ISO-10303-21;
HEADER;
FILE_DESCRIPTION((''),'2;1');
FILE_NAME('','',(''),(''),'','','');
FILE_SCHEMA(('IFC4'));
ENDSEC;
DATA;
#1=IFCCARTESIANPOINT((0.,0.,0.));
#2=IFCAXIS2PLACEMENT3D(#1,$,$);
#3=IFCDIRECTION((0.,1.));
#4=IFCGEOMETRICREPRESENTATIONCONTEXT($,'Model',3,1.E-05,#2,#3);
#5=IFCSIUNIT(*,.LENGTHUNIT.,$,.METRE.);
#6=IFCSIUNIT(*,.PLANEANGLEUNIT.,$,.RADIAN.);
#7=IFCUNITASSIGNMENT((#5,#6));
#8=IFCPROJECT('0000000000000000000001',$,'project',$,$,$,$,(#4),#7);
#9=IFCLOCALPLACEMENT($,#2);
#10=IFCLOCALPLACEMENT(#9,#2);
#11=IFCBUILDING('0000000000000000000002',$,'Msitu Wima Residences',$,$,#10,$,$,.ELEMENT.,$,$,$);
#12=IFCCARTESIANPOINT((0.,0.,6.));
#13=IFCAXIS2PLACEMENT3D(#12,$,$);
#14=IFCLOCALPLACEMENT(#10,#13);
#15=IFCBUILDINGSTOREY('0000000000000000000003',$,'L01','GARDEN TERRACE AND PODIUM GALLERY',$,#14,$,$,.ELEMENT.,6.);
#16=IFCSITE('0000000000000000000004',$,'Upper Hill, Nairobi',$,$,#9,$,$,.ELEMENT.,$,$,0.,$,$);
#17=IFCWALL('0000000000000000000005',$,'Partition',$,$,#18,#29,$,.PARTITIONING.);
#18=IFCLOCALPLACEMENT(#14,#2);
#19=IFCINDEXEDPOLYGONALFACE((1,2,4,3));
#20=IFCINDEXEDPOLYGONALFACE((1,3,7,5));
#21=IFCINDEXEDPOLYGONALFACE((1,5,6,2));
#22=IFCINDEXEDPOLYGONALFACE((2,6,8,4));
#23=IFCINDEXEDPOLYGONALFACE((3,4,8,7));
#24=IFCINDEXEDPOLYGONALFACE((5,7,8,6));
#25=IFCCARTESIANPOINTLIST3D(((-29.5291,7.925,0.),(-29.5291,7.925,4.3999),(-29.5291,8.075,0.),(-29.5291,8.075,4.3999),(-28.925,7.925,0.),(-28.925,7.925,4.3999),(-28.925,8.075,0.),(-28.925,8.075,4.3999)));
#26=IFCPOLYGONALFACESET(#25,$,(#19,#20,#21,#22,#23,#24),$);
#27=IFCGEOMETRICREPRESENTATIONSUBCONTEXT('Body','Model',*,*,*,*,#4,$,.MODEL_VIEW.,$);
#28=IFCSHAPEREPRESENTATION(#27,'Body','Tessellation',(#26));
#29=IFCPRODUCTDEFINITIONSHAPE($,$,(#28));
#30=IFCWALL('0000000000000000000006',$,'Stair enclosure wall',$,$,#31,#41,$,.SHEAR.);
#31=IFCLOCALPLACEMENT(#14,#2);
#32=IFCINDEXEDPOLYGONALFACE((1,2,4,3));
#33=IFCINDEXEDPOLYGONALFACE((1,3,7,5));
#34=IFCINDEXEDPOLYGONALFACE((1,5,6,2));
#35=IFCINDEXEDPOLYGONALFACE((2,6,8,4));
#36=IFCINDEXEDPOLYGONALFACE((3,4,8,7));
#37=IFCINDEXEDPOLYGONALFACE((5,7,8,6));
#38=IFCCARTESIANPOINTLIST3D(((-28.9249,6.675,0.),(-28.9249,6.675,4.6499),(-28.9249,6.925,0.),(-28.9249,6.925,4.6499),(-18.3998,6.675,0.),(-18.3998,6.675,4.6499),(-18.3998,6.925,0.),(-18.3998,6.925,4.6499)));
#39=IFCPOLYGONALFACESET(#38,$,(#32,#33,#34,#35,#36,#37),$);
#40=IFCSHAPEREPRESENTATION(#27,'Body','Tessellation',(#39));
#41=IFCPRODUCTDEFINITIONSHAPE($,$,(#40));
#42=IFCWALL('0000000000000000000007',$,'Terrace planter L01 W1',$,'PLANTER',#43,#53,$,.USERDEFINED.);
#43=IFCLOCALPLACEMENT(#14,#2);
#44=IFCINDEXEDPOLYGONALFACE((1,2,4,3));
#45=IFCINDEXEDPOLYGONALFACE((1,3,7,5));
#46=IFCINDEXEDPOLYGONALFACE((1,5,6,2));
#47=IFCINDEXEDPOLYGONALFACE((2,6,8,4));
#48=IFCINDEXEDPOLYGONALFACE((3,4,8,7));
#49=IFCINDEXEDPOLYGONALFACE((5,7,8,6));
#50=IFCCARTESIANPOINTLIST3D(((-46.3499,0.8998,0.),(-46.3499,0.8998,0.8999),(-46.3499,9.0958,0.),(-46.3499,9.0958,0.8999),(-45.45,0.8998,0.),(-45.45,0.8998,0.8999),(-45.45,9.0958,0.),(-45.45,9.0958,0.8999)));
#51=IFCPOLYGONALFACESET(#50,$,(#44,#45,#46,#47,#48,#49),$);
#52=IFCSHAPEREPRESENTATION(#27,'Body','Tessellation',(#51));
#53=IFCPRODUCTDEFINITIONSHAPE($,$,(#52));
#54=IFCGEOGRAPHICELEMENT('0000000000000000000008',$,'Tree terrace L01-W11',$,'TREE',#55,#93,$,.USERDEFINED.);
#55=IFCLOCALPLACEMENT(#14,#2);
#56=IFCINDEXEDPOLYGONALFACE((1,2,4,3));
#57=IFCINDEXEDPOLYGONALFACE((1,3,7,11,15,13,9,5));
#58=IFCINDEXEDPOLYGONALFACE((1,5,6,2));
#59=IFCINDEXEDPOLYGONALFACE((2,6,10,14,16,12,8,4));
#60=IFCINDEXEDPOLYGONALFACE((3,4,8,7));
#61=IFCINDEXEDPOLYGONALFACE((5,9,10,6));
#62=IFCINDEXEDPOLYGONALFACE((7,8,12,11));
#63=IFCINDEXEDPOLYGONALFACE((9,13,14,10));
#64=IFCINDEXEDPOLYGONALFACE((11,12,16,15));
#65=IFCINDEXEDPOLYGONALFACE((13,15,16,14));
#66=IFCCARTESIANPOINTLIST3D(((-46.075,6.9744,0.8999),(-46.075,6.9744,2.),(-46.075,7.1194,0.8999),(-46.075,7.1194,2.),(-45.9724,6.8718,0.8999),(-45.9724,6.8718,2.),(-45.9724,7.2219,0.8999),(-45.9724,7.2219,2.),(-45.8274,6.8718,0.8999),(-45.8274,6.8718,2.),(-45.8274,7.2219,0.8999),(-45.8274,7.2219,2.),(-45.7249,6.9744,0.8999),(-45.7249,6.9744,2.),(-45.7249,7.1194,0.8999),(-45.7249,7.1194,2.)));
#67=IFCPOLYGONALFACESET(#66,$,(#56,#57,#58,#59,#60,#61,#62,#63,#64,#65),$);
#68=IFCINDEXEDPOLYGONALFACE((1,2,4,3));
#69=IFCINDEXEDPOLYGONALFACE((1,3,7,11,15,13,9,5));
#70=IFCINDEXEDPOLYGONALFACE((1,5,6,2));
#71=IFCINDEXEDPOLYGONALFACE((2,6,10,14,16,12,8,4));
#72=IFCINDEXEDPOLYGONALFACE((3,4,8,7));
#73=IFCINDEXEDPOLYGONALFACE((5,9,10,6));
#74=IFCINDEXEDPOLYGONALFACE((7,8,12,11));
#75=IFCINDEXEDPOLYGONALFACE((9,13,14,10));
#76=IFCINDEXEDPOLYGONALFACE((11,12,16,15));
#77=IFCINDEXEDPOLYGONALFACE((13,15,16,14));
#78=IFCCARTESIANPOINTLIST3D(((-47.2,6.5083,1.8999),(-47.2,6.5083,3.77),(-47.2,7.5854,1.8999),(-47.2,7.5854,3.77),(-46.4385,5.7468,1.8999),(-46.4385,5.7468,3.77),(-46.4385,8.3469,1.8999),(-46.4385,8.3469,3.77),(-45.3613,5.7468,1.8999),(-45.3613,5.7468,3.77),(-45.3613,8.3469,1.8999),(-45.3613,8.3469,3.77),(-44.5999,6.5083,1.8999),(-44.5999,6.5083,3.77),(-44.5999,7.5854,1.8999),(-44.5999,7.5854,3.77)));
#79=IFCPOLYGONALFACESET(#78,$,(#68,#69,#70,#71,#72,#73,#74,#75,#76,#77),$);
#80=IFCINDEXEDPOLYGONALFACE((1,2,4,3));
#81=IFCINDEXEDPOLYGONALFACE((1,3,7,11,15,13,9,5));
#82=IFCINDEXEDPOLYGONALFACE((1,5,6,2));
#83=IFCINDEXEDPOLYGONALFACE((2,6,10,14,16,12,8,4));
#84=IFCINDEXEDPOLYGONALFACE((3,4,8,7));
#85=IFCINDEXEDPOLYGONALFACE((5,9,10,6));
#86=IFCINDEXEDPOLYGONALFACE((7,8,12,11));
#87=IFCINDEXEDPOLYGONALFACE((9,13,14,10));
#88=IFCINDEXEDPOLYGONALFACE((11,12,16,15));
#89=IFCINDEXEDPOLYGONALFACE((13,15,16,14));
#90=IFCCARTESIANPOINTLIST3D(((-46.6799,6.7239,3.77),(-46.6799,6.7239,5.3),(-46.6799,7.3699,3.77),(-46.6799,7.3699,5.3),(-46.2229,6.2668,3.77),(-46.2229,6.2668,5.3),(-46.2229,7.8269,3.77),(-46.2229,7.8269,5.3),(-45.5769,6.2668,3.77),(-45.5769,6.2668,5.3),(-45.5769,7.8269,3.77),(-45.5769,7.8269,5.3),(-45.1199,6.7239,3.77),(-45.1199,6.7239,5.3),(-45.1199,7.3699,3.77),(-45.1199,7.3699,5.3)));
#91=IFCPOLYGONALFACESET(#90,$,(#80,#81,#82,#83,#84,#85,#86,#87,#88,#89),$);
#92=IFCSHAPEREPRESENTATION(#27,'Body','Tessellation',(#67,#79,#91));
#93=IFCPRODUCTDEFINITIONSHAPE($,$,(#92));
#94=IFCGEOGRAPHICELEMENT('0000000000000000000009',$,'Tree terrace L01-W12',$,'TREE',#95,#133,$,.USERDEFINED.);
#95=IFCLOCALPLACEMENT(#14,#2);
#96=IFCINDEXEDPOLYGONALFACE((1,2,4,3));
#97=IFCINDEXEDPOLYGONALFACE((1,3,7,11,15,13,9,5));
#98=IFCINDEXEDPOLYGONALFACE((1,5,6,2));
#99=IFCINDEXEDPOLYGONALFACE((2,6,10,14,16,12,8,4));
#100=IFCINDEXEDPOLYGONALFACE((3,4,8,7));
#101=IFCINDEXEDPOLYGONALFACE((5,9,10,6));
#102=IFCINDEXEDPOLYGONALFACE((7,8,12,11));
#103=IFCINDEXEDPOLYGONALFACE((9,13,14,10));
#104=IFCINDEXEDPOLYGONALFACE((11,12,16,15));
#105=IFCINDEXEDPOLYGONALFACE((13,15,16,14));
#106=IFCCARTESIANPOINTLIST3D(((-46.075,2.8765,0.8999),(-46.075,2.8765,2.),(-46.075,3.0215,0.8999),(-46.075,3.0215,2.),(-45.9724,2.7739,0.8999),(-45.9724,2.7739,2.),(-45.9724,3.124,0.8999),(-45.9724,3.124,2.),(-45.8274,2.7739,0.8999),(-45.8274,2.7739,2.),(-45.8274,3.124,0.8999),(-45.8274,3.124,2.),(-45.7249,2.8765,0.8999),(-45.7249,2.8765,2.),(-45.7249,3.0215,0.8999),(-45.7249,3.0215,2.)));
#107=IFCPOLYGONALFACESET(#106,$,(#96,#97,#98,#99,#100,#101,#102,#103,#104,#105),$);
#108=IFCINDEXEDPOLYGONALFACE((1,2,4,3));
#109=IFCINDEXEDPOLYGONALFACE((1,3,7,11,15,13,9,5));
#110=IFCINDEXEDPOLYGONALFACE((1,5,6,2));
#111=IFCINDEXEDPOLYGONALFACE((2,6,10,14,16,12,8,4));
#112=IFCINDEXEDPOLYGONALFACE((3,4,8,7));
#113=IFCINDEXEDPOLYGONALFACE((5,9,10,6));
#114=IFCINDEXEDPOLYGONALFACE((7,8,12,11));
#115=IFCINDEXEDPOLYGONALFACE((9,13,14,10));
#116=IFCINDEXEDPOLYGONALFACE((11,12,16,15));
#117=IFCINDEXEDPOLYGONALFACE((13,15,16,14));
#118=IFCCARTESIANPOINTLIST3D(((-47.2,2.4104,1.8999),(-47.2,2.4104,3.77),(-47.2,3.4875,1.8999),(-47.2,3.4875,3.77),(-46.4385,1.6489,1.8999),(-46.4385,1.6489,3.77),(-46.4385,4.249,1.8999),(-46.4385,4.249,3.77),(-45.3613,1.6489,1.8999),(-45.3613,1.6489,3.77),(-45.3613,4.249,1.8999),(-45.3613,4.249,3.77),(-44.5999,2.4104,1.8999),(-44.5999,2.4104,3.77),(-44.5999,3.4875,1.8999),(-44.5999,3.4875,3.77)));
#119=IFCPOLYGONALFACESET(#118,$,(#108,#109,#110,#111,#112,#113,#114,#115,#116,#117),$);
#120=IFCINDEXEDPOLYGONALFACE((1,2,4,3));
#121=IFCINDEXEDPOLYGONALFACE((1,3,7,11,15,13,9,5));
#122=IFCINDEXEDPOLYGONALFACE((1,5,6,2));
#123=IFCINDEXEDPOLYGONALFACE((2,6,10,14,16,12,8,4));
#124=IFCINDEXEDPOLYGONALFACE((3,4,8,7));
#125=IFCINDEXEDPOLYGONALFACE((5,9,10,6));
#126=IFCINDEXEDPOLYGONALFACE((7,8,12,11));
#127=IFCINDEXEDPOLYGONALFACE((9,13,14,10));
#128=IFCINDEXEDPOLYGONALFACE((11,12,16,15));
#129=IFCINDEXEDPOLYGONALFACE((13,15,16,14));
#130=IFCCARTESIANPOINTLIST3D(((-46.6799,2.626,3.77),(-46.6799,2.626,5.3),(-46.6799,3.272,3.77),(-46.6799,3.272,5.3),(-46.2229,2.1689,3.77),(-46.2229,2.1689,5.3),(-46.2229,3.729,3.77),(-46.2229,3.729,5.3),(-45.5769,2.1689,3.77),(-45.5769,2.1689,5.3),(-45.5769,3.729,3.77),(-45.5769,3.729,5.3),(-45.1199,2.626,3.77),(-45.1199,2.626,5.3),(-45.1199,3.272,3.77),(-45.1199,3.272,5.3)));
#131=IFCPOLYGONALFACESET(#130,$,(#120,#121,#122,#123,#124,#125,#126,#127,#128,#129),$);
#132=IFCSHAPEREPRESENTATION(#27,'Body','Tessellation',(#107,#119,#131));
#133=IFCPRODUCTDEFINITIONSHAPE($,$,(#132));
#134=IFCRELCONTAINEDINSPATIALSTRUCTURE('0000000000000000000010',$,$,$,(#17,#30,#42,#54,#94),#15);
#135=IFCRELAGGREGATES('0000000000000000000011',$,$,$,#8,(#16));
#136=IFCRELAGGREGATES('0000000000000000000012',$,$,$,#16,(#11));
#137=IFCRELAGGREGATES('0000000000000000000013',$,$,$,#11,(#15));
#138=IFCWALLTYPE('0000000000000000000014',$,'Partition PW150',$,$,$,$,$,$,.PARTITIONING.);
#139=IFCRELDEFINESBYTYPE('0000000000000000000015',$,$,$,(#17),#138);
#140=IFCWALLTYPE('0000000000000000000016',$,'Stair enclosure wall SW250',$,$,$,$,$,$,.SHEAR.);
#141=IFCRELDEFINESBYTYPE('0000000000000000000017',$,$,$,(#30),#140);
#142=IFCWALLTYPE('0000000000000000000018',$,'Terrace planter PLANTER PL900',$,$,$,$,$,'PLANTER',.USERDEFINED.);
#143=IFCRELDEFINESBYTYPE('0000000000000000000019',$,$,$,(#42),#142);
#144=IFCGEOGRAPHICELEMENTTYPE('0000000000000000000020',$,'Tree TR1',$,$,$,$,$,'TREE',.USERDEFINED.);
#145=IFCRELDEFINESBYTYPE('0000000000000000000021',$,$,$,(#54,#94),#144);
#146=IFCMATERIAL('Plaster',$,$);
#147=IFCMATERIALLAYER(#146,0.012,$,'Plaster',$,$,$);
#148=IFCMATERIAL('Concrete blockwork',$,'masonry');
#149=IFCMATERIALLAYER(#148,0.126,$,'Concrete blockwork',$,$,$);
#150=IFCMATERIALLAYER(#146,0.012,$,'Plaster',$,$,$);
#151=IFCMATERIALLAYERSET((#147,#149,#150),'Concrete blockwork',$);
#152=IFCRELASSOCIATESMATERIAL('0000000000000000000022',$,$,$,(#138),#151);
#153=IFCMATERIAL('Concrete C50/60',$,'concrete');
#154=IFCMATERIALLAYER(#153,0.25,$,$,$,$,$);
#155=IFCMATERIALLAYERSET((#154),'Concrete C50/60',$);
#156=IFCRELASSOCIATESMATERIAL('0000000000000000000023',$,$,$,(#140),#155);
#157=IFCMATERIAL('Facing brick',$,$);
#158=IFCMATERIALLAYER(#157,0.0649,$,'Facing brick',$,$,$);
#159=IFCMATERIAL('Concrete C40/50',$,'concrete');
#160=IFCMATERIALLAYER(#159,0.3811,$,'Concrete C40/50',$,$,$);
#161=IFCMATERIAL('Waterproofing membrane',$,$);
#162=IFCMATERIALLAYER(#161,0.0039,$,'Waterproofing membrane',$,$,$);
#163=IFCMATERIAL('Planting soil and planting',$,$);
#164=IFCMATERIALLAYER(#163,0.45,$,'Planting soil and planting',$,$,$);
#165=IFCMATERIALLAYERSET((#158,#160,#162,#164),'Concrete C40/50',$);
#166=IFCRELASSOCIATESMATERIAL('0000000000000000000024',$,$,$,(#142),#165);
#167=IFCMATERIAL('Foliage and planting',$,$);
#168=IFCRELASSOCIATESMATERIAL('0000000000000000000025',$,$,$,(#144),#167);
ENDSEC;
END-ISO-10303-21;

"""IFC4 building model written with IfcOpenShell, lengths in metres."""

from ifc_helpers import new_model, si_unit, direction, frame, frame_2d, origin, place, context, subcontext, project, spatial, polyline, rectangle, outline, extrude, material, layer, layer_set, type_object, element, save


model = new_model("IFC4")

# Units and contexts
model_context = context("Model", 3, precision=1e-05, world=origin(), true_north=direction((0.0, 1.0)))
body_context = subcontext(model_context, "Body", "Model", "MODEL_VIEW")
ifc_project = project(units=[si_unit("LENGTHUNIT", "METRE"), si_unit("PLANEANGLEUNIT", "RADIAN")], contexts=[model_context])

# Site, building, storey
site_placement = place(None, origin())
site = spatial("IfcSite", under=ifc_project, at=site_placement, Name="Upper Hill, Nairobi", CompositionType="ELEMENT", RefElevation=0.0)
building_placement = place(site_placement, origin())
building = spatial("IfcBuilding", under=site, at=building_placement, Name="Msitu Wima Residences", CompositionType="ELEMENT")
storey_placement = place(building_placement, frame((0.0, 0.0, 6.0)))
storey = spatial("IfcBuildingStorey", under=building, at=storey_placement, Name="L01", Description="GARDEN TERRACE AND PODIUM GALLERY", CompositionType="ELEMENT", Elevation=6.0)

# Shared definitions
ifc_material_1 = material(Name="Plaster")
ifc_material_2 = material(Name="Concrete blockwork", Category="masonry")

# Walls
ifc_layer_1 = layer(ifc_material_1, 0.012, Name="Plaster")
ifc_layer_2 = layer(ifc_material_2, 0.126, Name="Concrete blockwork")
ifc_layer_3 = layer(ifc_material_1, 0.012, Name="Plaster")
ifc_layer_set_1 = layer_set([ifc_layer_1, ifc_layer_2, ifc_layer_3], Name="Concrete blockwork")
wall_type_1 = type_object("IfcWallType", Name="Partition PW150", PredefinedType="PARTITIONING", material=ifc_layer_set_1)
wall_1_placement = place(storey_placement, frame((-29.5291, 8.0, 0.0), z_axis=(0.0, 0.0, 1.0), x_axis=(1.0, 0.0, 0.0)))
element("IfcWall", 1, at=wall_1_placement, inside=storey, type_object=wall_type_1, Name="Partition", PredefinedType="PARTITIONING", context=body_context, shape_type="SweptSolid", body=[
    extrude(rectangle(XDim=0.604, YDim=0.1499, at=frame_2d((0.302, 0.0))), origin(), (0.0, 0.0, 1.0), 4.3999),
])
ifc_material_3 = material(Name="Concrete C50/60", Category="concrete")
ifc_layer_4 = layer(ifc_material_3, 0.25)
ifc_layer_set_2 = layer_set([ifc_layer_4], Name="Concrete C50/60")
wall_type_2 = type_object("IfcWallType", Name="Stair enclosure wall SW250", PredefinedType="SHEAR", material=ifc_layer_set_2)
wall_2_placement = place(storey_placement, frame((-28.925, 6.8, 0.0), z_axis=(0.0, 0.0, 1.0), x_axis=(1.0, 0.0, 0.0)))
element("IfcWall", 2, at=wall_2_placement, inside=storey, type_object=wall_type_2, Name="Stair enclosure wall", PredefinedType="SHEAR", context=body_context, shape_type="SweptSolid", body=[
    extrude(rectangle(XDim=10.5251, YDim=0.25, at=frame_2d((5.2627, 0.0))), origin(), (0.0, 0.0, 1.0), 4.6499),
])
ifc_material_4 = material(Name="Facing brick")
ifc_layer_5 = layer(ifc_material_4, 0.0649, Name="Facing brick")
ifc_material_5 = material(Name="Concrete C40/50", Category="concrete")
ifc_layer_6 = layer(ifc_material_5, 0.3811, Name="Concrete C40/50")
ifc_material_6 = material(Name="Waterproofing membrane")
ifc_layer_7 = layer(ifc_material_6, 0.0039, Name="Waterproofing membrane")
ifc_material_7 = material(Name="Planting soil and planting")
ifc_layer_8 = layer(ifc_material_7, 0.45, Name="Planting soil and planting")
ifc_layer_set_3 = layer_set([ifc_layer_5, ifc_layer_6, ifc_layer_7, ifc_layer_8], Name="Concrete C40/50")
wall_type_3 = type_object("IfcWallType", Name="Terrace planter PLANTER PL900", ElementType="PLANTER", PredefinedType="USERDEFINED", material=ifc_layer_set_3)
wall_3_placement = place(storey_placement, frame((-45.8999, 9.0959, 0.0), z_axis=(0.0, 0.0, 1.0), x_axis=(0.0, -1.0, 0.0)))
element("IfcWall", 3, at=wall_3_placement, inside=storey, type_object=wall_type_3, Name="Terrace planter L01 W1", ObjectType="PLANTER", PredefinedType="USERDEFINED", context=body_context, shape_type="SweptSolid", body=[
    extrude(rectangle(XDim=8.196, YDim=0.8999, at=frame_2d((4.0981, 0.0))), origin(), (0.0, 0.0, 1.0), 0.8999),
])

# Geographic elements
ifc_material_8 = material(Name="Foliage and planting")
geographic_element_type = type_object("IfcGeographicElementType", Name="Tree TR1", ElementType="TREE", PredefinedType="USERDEFINED", material=ifc_material_8)
for number, where, z_axis, x_axis, name in (
    (4, (-45.8999, 7.0469, 0.8999), (0.0, 0.0, 1.0), (1.0, 0.0, 0.0), "Tree terrace L01-W11"),
    (5, (-45.8999, 2.949, 0.8999), (0.0, 0.0, 1.0), (1.0, 0.0, 0.0), "Tree terrace L01-W12"),
):
    element("IfcGeographicElement", number, at=place(storey_placement, frame(where, z_axis=z_axis, x_axis=x_axis)), inside=storey, type_object=geographic_element_type, Name=name, ObjectType="TREE", PredefinedType="USERDEFINED", context=body_context, shape_type="SweptSolid", body=[
        extrude(outline(polyline([(0.175, 0.0725), (0.0725, 0.175), (-0.0725, 0.175), (-0.175, 0.0725), (-0.175, -0.0725), (-0.0725, -0.175), (0.0725, -0.175), (0.175, -0.0725), (0.175, 0.0725)])), origin(), (0.0, 0.0, 1.0), 1.1001),
        extrude(outline(polyline([(1.3, 0.5386), (0.5386, 1.3), (-0.5386, 1.3), (-1.3, 0.5386), (-1.3, -0.5386), (-0.5386, -1.3), (0.5386, -1.3), (1.3, -0.5386), (1.3, 0.5386)])), frame((0.0, 0.0, 1.0)), (0.0, 0.0, 1.0), 1.8701),
        extrude(outline(polyline([(0.78, 0.323), (0.323, 0.78), (-0.323, 0.78), (-0.78, 0.323), (-0.78, -0.323), (-0.323, -0.78), (0.323, -0.78), (0.78, -0.323), (0.78, 0.323)])), frame((0.0, 0.0, 2.8701)), (0.0, 0.0, 1.0), 1.53),
    ])

save(model, "model.ifc")
